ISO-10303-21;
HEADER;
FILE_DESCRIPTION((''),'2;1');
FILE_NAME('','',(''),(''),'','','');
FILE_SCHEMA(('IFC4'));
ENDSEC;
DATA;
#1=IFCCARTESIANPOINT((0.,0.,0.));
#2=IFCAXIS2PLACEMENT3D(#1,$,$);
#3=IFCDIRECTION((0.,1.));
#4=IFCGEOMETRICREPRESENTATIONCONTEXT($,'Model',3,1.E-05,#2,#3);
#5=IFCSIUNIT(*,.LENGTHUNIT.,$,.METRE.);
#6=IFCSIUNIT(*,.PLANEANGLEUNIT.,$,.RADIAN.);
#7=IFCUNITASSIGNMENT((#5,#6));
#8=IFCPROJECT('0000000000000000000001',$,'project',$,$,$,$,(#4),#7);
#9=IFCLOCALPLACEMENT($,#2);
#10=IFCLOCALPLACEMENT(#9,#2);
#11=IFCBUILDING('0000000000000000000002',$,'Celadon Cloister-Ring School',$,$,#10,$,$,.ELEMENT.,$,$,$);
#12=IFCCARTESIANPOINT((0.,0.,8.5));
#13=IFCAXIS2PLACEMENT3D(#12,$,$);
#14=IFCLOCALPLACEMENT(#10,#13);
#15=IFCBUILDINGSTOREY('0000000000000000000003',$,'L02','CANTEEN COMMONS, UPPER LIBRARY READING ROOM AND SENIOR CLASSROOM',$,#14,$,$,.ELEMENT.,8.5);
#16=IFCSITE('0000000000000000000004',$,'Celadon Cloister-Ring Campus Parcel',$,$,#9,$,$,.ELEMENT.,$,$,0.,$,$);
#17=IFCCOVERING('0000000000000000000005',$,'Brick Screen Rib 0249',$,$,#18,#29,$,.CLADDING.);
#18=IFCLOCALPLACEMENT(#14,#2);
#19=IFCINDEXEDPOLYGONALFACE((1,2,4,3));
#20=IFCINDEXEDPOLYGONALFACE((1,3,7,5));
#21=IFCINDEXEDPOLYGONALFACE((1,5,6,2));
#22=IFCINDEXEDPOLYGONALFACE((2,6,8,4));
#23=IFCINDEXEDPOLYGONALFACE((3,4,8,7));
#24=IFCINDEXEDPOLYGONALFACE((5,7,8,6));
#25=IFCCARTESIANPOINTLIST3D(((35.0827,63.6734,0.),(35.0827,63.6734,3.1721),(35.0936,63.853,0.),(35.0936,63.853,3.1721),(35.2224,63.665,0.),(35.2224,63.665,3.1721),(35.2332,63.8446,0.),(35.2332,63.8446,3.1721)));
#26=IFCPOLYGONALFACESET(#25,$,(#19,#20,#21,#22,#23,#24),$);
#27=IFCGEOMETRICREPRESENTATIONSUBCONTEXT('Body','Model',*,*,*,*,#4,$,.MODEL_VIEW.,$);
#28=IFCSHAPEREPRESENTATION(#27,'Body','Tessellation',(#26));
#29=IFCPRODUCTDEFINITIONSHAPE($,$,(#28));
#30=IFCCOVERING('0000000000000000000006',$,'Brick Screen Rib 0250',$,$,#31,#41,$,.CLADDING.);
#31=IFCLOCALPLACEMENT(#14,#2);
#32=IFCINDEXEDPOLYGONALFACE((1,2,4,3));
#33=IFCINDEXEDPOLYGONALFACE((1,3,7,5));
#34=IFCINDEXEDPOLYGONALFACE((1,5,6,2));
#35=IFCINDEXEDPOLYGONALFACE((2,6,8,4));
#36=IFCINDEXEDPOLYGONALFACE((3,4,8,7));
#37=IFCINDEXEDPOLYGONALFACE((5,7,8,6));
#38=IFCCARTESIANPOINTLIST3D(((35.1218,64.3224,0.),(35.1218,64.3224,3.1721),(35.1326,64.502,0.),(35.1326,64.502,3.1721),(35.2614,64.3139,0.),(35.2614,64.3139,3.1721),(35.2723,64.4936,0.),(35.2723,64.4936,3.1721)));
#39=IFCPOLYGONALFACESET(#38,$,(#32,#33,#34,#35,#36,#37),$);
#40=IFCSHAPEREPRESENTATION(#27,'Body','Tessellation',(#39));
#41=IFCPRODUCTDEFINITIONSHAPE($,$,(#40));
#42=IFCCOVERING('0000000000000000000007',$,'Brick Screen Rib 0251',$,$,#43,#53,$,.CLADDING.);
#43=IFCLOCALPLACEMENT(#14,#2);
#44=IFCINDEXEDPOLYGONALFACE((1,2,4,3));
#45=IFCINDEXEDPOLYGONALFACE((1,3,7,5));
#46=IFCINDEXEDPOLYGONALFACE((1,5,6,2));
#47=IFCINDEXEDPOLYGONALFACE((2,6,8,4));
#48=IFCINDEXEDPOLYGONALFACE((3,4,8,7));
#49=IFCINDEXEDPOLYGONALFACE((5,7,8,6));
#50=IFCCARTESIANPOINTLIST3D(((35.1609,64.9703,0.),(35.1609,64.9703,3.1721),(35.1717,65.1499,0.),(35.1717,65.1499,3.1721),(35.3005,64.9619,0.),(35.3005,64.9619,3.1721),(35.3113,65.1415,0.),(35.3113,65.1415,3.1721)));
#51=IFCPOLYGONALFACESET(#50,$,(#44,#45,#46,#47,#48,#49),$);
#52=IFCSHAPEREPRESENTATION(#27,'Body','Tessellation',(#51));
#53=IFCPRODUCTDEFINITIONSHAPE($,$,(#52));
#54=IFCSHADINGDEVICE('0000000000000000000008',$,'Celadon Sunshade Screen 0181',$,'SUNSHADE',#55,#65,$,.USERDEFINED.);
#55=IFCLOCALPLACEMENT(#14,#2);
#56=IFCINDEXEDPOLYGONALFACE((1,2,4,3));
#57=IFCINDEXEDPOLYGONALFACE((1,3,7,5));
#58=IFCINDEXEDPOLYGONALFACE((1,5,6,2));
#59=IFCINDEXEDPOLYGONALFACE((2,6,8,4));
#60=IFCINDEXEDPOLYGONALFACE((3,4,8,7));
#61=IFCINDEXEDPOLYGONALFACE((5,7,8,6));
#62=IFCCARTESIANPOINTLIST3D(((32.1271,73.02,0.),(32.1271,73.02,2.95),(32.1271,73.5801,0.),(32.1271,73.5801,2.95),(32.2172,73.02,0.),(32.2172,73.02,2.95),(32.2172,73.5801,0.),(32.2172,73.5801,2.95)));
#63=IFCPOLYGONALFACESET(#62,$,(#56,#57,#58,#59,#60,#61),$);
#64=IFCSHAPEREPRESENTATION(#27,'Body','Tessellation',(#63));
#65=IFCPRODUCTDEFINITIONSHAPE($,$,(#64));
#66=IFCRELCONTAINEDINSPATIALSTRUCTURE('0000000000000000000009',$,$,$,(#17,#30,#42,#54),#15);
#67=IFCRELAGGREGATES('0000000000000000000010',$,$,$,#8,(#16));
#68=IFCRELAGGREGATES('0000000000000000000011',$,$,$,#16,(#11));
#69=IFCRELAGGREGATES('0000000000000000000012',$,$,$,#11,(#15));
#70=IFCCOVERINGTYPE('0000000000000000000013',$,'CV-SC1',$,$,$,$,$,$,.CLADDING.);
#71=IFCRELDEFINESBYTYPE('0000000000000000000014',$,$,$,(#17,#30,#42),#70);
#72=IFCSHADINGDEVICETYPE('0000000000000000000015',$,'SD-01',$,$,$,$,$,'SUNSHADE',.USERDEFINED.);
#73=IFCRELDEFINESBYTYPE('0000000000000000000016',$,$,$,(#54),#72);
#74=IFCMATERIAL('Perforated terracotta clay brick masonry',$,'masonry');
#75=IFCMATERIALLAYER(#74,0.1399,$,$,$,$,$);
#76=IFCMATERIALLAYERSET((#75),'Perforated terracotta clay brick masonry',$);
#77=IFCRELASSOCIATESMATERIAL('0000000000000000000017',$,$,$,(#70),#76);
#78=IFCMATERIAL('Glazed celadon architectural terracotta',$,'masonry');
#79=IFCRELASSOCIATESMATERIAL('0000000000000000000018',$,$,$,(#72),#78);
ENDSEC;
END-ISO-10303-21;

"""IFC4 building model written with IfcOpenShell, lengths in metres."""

from ifc_helpers import new_model, si_unit, direction, frame, origin, origin_2d, place, context, subcontext, project, spatial, rectangle, extrude, material, layer, layer_set, type_object, element, save


model = new_model("IFC4")

# Units and contexts
model_context = context("Model", 3, precision=1e-05, world=origin(), true_north=direction((0.0, 1.0)))
body_context = subcontext(model_context, "Body", "Model", "MODEL_VIEW")
ifc_project = project(units=[si_unit("LENGTHUNIT", "METRE"), si_unit("PLANEANGLEUNIT", "RADIAN")], contexts=[model_context])

# Site, building, storey
site_placement = place(None, origin())
site = spatial("IfcSite", under=ifc_project, at=site_placement, Name="Celadon Cloister-Ring Campus Parcel", CompositionType="ELEMENT", RefElevation=0.0)
building_placement = place(site_placement, origin())
building = spatial("IfcBuilding", under=site, at=building_placement, Name="Celadon Cloister-Ring School", CompositionType="ELEMENT")
storey_placement = place(building_placement, frame((0.0, 0.0, 8.5)))
storey = spatial("IfcBuildingStorey", under=building, at=storey_placement, Name="L02", Description="CANTEEN COMMONS, UPPER LIBRARY READING ROOM AND SENIOR CLASSROOM", CompositionType="ELEMENT", Elevation=8.5)

# Coverings
ifc_material_1 = material(Name="Perforated terracotta clay brick masonry", Category="masonry")
ifc_layer_1 = layer(ifc_material_1, 0.1399)
ifc_layer_set_1 = layer_set([ifc_layer_1], Name="Perforated terracotta clay brick masonry")
covering_type = type_object("IfcCoveringType", Name="CV-SC1", PredefinedType="CLADDING", material=ifc_layer_set_1)
for number, where, z_axis, x_axis, name in (
    (1, (35.158, 63.759, 0.0), (0.0, 0.0, 1.0), (0.060143, 0.99819, 0.0), "Brick Screen Rib 0249"),
    (2, (35.197, 64.408, 0.0), (0.0, 0.0, 1.0), (0.060143, 0.99819, 0.0), "Brick Screen Rib 0250"),
    (3, (35.2361, 65.0559, 0.0), (0.0, 0.0, 1.0), (0.060143, 0.99819, 0.0), "Brick Screen Rib 0251"),
):
    element("IfcCovering", number, at=place(storey_placement, frame(where, z_axis=z_axis, x_axis=x_axis)), inside=storey, type_object=covering_type, Name=name, PredefinedType="CLADDING", context=body_context, shape_type="SweptSolid", body=[
        extrude(rectangle(XDim=0.1799, YDim=0.1399, at=origin_2d()), origin(), (0.0, 0.0, 1.0), 3.1721),
    ])

# Shading device
ifc_material_2 = material(Name="Glazed celadon architectural terracotta", Category="masonry")
shading_device_type = type_object("IfcShadingDeviceType", Name="SD-01", ElementType="SUNSHADE", PredefinedType="USERDEFINED", material=ifc_material_2)
shading_device_placement = place(storey_placement, frame((32.1721, 73.3, 0.0), z_axis=(0.0, 0.0, 1.0), x_axis=(0.0, -1.0, 0.0)))
element("IfcShadingDevice", 4, at=shading_device_placement, inside=storey, type_object=shading_device_type, Name="Celadon Sunshade Screen 0181", ObjectType="SUNSHADE", PredefinedType="USERDEFINED", context=body_context, shape_type="SweptSolid", body=[
    extrude(rectangle(XDim=0.5601, YDim=0.0901, at=origin_2d()), origin(), (0.0, 0.0, 1.0), 2.95),
])

save(model, "model.ifc")
